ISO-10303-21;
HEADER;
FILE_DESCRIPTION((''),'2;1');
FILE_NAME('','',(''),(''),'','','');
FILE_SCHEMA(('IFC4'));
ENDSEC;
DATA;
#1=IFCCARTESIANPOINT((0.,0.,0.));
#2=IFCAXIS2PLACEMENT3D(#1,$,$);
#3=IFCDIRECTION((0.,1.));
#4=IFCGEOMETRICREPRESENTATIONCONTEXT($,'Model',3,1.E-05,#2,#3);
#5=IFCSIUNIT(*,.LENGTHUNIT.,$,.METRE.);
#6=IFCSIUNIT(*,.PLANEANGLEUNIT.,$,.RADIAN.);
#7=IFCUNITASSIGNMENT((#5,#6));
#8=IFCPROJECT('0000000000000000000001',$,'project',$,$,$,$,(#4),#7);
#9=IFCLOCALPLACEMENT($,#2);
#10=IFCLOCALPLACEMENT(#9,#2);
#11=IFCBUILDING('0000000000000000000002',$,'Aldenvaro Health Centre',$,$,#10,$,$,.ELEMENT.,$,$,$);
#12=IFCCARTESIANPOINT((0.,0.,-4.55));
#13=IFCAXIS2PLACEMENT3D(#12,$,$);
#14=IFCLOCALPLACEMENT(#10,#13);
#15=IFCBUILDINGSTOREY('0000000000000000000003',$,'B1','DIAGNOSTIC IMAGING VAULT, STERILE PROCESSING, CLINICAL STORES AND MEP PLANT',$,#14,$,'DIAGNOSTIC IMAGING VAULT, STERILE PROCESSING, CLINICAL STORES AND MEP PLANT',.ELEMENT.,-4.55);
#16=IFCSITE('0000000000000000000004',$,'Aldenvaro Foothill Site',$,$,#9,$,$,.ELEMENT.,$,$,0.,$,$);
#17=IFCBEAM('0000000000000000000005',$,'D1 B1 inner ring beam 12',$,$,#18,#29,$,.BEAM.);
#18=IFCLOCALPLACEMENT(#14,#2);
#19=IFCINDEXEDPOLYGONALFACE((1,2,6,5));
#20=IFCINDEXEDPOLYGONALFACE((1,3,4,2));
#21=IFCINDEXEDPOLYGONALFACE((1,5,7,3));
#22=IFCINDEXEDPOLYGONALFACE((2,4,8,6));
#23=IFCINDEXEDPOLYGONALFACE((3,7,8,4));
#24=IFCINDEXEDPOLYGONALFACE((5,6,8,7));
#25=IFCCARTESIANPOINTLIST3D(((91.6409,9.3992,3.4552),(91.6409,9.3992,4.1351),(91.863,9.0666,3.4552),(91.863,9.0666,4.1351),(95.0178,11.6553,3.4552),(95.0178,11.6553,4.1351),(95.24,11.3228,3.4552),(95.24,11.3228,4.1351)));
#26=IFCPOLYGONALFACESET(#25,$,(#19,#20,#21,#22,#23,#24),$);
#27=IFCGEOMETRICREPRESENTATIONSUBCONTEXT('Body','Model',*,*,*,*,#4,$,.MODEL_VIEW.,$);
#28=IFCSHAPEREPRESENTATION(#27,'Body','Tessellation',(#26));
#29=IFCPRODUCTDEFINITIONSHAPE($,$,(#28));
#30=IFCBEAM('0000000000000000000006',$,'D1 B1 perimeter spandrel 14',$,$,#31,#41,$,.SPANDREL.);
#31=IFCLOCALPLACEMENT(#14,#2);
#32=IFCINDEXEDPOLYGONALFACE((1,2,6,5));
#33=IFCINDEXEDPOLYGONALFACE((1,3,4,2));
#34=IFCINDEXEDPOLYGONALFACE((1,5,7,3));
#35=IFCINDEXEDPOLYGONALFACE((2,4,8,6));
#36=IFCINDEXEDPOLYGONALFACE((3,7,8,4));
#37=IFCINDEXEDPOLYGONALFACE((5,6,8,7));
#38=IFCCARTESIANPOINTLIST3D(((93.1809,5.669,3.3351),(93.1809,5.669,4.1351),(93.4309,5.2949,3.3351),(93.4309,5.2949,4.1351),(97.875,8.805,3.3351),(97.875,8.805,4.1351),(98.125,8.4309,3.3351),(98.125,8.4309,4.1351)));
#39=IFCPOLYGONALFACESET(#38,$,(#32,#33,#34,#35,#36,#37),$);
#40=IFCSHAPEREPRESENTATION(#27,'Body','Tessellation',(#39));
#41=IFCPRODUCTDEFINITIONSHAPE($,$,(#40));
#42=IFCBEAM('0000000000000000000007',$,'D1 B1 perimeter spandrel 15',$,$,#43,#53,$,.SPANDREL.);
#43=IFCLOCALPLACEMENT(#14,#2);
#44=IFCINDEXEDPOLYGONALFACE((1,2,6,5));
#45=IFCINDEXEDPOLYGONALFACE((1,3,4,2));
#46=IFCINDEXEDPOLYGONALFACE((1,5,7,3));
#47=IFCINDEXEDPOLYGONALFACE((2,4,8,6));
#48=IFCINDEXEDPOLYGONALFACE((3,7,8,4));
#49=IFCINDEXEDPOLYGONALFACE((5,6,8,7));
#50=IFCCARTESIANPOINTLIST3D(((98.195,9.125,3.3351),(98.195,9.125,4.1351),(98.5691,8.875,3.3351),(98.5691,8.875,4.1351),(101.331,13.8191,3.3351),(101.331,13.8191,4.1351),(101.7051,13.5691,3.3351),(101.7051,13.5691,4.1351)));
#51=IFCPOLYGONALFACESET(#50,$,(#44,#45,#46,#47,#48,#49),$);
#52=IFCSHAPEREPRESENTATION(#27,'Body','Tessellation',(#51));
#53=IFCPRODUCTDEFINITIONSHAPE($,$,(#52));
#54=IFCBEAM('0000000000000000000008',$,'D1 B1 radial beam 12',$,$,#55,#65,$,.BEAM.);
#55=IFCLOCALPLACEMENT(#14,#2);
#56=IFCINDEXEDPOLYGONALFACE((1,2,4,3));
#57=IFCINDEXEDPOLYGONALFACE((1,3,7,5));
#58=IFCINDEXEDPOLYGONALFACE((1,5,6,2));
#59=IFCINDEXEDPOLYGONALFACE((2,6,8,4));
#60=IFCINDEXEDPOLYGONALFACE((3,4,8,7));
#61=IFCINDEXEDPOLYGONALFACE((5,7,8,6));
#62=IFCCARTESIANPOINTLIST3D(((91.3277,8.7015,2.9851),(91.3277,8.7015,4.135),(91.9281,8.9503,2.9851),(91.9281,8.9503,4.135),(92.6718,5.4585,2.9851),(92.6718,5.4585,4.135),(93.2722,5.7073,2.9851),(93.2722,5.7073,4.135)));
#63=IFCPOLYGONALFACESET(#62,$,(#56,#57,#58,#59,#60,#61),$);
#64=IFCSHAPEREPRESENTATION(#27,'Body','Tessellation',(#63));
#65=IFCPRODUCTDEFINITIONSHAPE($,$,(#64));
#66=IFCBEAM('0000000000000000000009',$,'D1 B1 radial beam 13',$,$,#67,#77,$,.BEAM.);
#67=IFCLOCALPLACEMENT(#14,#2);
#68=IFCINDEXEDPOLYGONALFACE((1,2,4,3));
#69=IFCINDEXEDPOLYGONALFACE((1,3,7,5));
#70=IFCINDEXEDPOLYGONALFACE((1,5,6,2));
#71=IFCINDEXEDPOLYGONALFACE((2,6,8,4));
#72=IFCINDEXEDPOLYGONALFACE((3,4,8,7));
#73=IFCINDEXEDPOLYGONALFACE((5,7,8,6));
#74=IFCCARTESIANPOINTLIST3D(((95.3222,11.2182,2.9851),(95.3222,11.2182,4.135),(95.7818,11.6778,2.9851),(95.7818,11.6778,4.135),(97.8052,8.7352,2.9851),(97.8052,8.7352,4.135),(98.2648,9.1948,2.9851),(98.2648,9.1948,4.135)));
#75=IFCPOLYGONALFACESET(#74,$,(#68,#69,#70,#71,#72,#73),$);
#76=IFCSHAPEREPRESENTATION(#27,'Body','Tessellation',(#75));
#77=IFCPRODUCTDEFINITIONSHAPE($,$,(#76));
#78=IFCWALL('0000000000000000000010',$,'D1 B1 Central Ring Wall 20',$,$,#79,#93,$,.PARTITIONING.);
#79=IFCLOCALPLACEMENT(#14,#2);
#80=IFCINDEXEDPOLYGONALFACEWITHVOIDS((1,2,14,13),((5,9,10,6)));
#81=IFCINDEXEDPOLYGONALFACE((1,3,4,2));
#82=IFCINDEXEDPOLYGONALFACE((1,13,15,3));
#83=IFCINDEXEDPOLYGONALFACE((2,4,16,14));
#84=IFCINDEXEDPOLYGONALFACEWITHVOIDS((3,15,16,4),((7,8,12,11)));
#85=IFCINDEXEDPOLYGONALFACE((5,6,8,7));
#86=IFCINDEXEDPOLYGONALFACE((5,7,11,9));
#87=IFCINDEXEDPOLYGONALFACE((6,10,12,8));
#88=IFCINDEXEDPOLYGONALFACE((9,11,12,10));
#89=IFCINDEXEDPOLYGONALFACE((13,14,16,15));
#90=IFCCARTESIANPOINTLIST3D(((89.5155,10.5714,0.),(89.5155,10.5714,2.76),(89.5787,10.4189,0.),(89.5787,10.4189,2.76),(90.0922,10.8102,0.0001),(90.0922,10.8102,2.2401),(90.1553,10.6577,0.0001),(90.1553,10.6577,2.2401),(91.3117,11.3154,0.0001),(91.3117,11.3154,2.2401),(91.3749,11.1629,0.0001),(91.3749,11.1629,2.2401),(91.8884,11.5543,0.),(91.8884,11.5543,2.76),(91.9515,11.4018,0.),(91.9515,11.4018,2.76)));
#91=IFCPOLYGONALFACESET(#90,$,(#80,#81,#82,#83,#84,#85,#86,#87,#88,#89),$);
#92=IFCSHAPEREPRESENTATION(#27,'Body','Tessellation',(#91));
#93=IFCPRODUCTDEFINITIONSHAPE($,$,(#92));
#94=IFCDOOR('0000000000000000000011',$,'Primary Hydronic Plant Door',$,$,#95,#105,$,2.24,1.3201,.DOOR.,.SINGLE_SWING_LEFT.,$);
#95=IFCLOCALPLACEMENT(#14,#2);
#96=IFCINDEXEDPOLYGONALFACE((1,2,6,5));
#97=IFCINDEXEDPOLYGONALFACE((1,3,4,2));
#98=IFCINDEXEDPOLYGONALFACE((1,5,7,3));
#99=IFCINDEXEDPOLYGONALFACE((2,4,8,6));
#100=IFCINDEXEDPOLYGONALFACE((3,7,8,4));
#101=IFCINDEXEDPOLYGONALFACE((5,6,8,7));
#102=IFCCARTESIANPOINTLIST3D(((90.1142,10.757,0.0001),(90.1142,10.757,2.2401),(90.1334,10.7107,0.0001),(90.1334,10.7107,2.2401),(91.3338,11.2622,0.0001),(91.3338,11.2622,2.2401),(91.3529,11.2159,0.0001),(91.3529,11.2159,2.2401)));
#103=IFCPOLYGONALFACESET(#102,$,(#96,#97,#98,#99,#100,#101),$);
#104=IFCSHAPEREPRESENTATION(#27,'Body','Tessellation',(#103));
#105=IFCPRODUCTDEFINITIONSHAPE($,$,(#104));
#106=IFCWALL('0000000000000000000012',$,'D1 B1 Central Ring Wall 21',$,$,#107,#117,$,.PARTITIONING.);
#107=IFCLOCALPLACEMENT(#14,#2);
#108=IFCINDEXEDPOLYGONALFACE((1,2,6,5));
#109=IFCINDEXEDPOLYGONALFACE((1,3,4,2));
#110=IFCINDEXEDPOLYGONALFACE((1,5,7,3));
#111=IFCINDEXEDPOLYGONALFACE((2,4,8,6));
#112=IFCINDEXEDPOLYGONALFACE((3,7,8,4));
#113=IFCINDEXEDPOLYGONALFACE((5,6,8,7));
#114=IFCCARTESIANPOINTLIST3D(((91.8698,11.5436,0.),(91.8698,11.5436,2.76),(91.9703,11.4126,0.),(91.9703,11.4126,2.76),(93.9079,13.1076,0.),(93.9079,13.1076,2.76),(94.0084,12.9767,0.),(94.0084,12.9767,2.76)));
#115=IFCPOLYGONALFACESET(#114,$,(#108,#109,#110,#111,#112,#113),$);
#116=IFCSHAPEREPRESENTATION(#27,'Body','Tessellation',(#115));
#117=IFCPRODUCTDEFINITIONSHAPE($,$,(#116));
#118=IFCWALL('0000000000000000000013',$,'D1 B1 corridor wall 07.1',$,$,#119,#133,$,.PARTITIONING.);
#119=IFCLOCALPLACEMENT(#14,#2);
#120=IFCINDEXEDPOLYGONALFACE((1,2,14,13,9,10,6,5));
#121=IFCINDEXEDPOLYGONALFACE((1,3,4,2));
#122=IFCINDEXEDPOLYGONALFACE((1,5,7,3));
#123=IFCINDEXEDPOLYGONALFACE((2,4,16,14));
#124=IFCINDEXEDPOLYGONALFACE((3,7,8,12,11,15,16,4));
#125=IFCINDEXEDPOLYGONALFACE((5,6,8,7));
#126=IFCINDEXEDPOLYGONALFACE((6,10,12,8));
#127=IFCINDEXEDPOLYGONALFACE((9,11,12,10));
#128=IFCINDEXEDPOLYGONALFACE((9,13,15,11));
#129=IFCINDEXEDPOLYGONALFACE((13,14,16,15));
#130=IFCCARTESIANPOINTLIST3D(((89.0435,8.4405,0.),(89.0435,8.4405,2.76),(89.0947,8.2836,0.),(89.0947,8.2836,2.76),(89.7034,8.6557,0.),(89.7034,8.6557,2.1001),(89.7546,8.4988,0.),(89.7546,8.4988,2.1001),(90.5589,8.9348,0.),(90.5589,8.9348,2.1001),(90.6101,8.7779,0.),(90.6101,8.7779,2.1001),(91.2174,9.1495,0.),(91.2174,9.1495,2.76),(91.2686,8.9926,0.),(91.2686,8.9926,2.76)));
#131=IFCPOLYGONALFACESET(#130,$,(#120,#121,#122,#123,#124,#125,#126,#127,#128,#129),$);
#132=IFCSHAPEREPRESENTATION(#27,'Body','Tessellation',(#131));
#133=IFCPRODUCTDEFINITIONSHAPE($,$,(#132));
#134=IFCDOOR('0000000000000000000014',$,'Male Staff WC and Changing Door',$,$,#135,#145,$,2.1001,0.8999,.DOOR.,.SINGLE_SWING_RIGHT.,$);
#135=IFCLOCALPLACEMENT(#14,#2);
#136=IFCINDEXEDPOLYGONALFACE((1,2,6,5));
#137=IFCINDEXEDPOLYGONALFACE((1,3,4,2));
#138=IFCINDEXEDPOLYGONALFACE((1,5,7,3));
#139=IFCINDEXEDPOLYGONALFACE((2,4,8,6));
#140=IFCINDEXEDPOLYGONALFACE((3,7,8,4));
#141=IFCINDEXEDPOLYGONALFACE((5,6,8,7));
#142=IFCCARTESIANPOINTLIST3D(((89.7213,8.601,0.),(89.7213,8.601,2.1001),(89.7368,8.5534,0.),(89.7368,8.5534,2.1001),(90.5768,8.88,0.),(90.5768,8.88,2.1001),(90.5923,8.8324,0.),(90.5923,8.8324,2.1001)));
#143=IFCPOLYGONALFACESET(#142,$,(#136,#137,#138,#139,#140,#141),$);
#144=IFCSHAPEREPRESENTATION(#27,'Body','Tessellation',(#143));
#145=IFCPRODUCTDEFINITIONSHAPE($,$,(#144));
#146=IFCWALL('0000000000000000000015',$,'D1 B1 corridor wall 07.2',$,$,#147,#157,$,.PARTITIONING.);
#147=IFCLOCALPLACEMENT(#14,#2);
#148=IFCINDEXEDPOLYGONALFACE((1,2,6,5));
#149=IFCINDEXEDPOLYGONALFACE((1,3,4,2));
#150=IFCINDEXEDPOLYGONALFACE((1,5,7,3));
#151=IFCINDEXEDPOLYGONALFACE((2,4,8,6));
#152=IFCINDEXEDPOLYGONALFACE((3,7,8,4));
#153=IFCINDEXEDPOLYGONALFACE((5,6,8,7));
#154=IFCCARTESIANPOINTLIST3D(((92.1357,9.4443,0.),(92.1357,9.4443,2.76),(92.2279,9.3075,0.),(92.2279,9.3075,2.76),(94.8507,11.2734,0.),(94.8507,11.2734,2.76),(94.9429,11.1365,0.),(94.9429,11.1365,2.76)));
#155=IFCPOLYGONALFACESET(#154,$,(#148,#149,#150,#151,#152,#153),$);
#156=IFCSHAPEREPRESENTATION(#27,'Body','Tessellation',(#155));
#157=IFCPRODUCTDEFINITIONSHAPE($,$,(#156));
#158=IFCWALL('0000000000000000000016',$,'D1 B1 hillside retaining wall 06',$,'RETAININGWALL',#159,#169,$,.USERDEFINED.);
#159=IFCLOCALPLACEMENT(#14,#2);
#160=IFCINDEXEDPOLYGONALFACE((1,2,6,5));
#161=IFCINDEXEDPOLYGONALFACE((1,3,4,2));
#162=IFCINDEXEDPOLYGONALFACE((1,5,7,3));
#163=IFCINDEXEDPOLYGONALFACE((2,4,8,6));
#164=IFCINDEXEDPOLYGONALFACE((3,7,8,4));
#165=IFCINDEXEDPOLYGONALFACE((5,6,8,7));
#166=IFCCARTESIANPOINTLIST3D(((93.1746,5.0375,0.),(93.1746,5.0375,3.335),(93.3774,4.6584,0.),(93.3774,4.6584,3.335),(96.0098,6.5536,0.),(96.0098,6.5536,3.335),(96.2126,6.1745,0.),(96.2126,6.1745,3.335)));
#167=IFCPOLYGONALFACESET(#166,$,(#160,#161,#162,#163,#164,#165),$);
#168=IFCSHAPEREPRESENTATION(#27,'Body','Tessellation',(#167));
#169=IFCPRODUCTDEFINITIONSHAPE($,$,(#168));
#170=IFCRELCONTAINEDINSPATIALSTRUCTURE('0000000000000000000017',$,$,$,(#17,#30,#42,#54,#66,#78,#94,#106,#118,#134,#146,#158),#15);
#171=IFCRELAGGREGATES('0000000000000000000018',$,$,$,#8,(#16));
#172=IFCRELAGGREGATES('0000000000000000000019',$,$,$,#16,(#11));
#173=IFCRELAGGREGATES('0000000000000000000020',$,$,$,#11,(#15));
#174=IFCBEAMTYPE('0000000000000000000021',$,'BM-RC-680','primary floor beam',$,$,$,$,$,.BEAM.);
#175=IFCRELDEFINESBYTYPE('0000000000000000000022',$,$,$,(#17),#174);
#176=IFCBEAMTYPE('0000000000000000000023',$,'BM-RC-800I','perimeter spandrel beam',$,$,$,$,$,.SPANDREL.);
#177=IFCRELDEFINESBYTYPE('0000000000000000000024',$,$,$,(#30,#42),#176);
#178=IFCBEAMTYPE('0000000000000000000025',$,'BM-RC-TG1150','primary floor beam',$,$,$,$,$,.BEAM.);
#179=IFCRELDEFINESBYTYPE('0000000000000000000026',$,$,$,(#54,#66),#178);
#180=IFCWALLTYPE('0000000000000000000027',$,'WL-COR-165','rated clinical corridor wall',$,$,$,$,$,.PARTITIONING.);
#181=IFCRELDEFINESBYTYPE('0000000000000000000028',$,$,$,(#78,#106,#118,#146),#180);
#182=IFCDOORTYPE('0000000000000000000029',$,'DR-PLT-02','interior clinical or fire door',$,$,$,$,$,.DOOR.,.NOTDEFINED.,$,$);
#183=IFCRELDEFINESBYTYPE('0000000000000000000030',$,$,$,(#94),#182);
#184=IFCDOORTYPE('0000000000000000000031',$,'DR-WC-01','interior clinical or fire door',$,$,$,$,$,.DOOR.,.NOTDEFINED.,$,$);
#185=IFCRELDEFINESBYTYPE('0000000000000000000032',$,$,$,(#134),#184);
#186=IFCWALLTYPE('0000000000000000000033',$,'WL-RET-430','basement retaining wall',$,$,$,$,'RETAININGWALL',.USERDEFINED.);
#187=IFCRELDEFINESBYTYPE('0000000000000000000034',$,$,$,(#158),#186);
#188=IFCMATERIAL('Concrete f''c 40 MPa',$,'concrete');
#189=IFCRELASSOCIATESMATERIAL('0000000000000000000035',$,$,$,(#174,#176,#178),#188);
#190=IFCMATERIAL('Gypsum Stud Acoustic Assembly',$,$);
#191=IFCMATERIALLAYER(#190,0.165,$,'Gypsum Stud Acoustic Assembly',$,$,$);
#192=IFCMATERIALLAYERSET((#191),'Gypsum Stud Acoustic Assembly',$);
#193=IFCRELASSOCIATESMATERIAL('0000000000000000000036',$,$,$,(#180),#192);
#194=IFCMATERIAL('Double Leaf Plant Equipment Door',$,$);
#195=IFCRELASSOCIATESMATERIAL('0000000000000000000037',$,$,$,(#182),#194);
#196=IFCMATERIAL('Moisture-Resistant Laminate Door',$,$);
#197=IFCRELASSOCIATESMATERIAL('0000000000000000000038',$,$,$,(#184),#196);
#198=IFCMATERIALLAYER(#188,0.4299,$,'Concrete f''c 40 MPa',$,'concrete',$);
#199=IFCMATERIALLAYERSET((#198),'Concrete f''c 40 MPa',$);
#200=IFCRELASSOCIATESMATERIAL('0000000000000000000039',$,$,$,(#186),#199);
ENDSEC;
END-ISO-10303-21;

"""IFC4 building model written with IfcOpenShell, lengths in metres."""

from ifc_helpers import new_model, si_unit, direction, frame, frame_2d, origin, origin_2d, place, context, subcontext, project, spatial, rectangle, extrude, material, layer, layer_set, material_profile, profile_set, type_object, element, fill, save


model = new_model("IFC4")

# Units and contexts
model_context = context("Model", 3, precision=1e-05, world=origin(), true_north=direction((0.0, 1.0)))
body_context = subcontext(model_context, "Body", "Model", "MODEL_VIEW")
ifc_project = project(units=[si_unit("LENGTHUNIT", "METRE"), si_unit("PLANEANGLEUNIT", "RADIAN")], contexts=[model_context])

# Site, building, storey
site_placement = place(None, origin())
site = spatial("IfcSite", under=ifc_project, at=site_placement, Name="Aldenvaro Foothill Site", CompositionType="ELEMENT", RefElevation=0.0)
building_placement = place(site_placement, origin())
building = spatial("IfcBuilding", under=site, at=building_placement, Name="Aldenvaro Health Centre", CompositionType="ELEMENT")
storey_placement = place(building_placement, frame((0.0, 0.0, -4.55)))
storey = spatial("IfcBuildingStorey", under=building, at=storey_placement, Name="B1", Description="DIAGNOSTIC IMAGING VAULT, STERILE PROCESSING, CLINICAL STORES AND MEP PLANT", LongName="DIAGNOSTIC IMAGING VAULT, STERILE PROCESSING, CLINICAL STORES AND MEP PLANT", CompositionType="ELEMENT", Elevation=-4.55)

# Shared definitions
ifc_material_1 = material(Name="Concrete f'c 40 MPa", Category="concrete")

# Beams
ifc_material_profile_1 = material_profile(ifc_material_1, rectangle(XDim=0.3999, YDim=0.6799, at=origin_2d()), Name="RC 400x680", Category="concrete")
ifc_profile_set_1 = profile_set([ifc_material_profile_1], Name="Concrete f'c 40 MPa")
beam_type_1 = type_object("IfcBeamType", Name="BM-RC-680", Description="primary floor beam", PredefinedType="BEAM", material=ifc_profile_set_1)
beam_1_placement = place(storey_placement, frame((91.752, 9.2329, 3.7952), z_axis=(0.831504, 0.555518, 0.0), x_axis=(-0.555518, 0.831504, 0.0)))
element("IfcBeam", 1, at=beam_1_placement, inside=storey, type_object=beam_type_1, Name="D1 B1 inner ring beam 12", PredefinedType="BEAM", context=body_context, shape_type="SweptSolid", body=[
    extrude(rectangle(XDim=0.3999, YDim=0.6799, at=origin_2d()), origin(), (0.0, 0.0, 1.0), 4.0613),
])
ifc_material_profile_2 = material_profile(ifc_material_1, rectangle(XDim=0.45, YDim=0.8, at=origin_2d()), Name="RC 450x800", Category="concrete")
ifc_profile_set_2 = profile_set([ifc_material_profile_2], Name="Concrete f'c 40 MPa")
beam_type_2 = type_object("IfcBeamType", Name="BM-RC-800I", Description="perimeter spandrel beam", PredefinedType="SPANDREL", material=ifc_profile_set_2)
for number, where, z_axis, x_axis, name in (
    (2, (93.3059, 5.4819, 3.7351), (0.831511, 0.555508, 0.0), (-0.555508, 0.831511, 0.0), "D1 B1 perimeter spandrel 14"),
    (3, (98.3821, 9.0, 3.7351), (0.555508, 0.831511, 0.0), (-0.831511, 0.555508, 0.0), "D1 B1 perimeter spandrel 15"),
):
    element("IfcBeam", number, at=place(storey_placement, frame(where, z_axis=z_axis, x_axis=x_axis)), inside=storey, type_object=beam_type_2, Name=name, PredefinedType="SPANDREL", context=body_context, shape_type="SweptSolid", body=[
        extrude(rectangle(XDim=0.45, YDim=0.8, at=origin_2d()), origin(), (0.0, 0.0, 1.0), 5.6453),
    ])
ifc_material_profile_3 = material_profile(ifc_material_1, rectangle(XDim=0.6499, YDim=1.1499, at=origin_2d()), Name="RC 650x1150", Category="concrete")
ifc_profile_set_3 = profile_set([ifc_material_profile_3], Name="Concrete f'c 40 MPa")
beam_type_3 = type_object("IfcBeamType", Name="BM-RC-TG1150", Description="primary floor beam", PredefinedType="BEAM", material=ifc_profile_set_3)
beam_2_placement = place(storey_placement, frame((91.6279, 8.8259, 3.5601), z_axis=(0.382862, -0.923806, 0.0), x_axis=(0.923806, 0.382862, 0.0)))
element("IfcBeam", 4, at=beam_2_placement, inside=storey, type_object=beam_type_3, Name="D1 B1 radial beam 12", PredefinedType="BEAM", context=body_context, shape_type="SweptSolid", body=[
    extrude(rectangle(XDim=0.6499, YDim=1.1499, at=origin_2d()), origin(), (0.0, 0.0, 1.0), 3.5105),
])
beam_3_placement = place(storey_placement, frame((95.552, 11.448, 3.5601), z_axis=(0.707107, -0.707107, 0.0), x_axis=(0.707107, 0.707107, 0.0)))
element("IfcBeam", 5, at=beam_3_placement, inside=storey, type_object=beam_type_3, Name="D1 B1 radial beam 13", PredefinedType="BEAM", context=body_context, shape_type="SweptSolid", body=[
    extrude(rectangle(XDim=0.6499, YDim=1.1499, at=origin_2d()), origin(), (0.0, 0.0, 1.0), 3.5115),
])

# Wall, opening, door
ifc_material_2 = material(Name="Gypsum Stud Acoustic Assembly")
ifc_layer_1 = layer(ifc_material_2, 0.165, Name="Gypsum Stud Acoustic Assembly")
ifc_layer_set_1 = layer_set([ifc_layer_1], Name="Gypsum Stud Acoustic Assembly")
wall_type_1 = type_object("IfcWallType", Name="WL-COR-165", Description="rated clinical corridor wall", PredefinedType="PARTITIONING", material=ifc_layer_set_1)
wall_1_placement = place(storey_placement, frame((89.5471, 10.4951, 0.0), z_axis=(0.0, 0.0, 1.0), x_axis=(0.923871, 0.382704, 0.0)))
wall_1 = element("IfcWall", 6, at=wall_1_placement, inside=storey, type_object=wall_type_1, Name="D1 B1 Central Ring Wall 20", PredefinedType="PARTITIONING", context=body_context, shape_type="SweptSolid", body=[
    extrude(rectangle(XDim=2.5684, YDim=0.165, at=frame_2d((1.2842, 0.0))), origin(), (0.0, 0.0, 1.0), 2.76),
])
opening_1_placement = place(wall_1_placement, frame((0.624, 0.0, 0.0)))
opening_1 = element("IfcOpeningElement", 7, at=opening_1_placement, cuts=wall_1, PredefinedType="OPENING", context=body_context, shape_type="SweptSolid", body=[
    extrude(rectangle(XDim=1.3201, YDim=2.24, at=frame_2d((0.6602, 1.1201))), frame((0.0, 0.0925, 0.0), z_axis=(0.0, -1.0, 0.0), x_axis=(1.0, 0.0, 0.0)), (0.0, 0.0, 1.0), 0.1851),
])
ifc_material_3 = material(Name="Double Leaf Plant Equipment Door")
door_type_1 = type_object("IfcDoorType", Name="DR-PLT-02", Description="interior clinical or fire door", OperationType="NOTDEFINED", PredefinedType="DOOR", material=ifc_material_3)
door_1_placement = place(opening_1_placement, origin())
door_1 = element("IfcDoor", 8, at=door_1_placement, inside=storey, type_object=door_type_1, Name="Primary Hydronic Plant Door", OperationType="SINGLE_SWING_LEFT", OverallHeight=2.24, OverallWidth=1.3201, PredefinedType="DOOR", context=body_context, shape_type="SweptSolid", body=[
    extrude(rectangle(XDim=1.3201, YDim=2.24, at=frame_2d((0.6602, 1.1201))), frame((0.0, 0.0249, 0.0), z_axis=(0.0, -1.0, 0.0), x_axis=(1.0, 0.0, 0.0)), (0.0, 0.0, 1.0), 0.05),
])
fill(opening_1, door_1)

# Wall
wall_2_placement = place(storey_placement, frame((91.9199, 11.478, 0.0), z_axis=(0.0, 0.0, 1.0), x_axis=(0.793337, 0.608783, 0.0)))
element("IfcWall", 9, at=wall_2_placement, inside=storey, type_object=wall_type_1, Name="D1 B1 Central Ring Wall 21", PredefinedType="PARTITIONING", context=body_context, shape_type="SweptSolid", body=[
    extrude(rectangle(XDim=2.5691, YDim=0.165, at=frame_2d((1.2847, 0.0))), origin(), (0.0, 0.0, 1.0), 2.76),
])

# Wall, opening, door
wall_3_placement = place(storey_placement, frame((89.0691, 8.3621, 0.0), z_axis=(0.0, 0.0, 1.0), x_axis=(0.950713, 0.310071, 0.0)))
wall_3 = element("IfcWall", 10, at=wall_3_placement, inside=storey, type_object=wall_type_1, Name="D1 B1 corridor wall 07.1", PredefinedType="PARTITIONING", context=body_context, shape_type="SweptSolid", body=[
    extrude(rectangle(XDim=2.2866, YDim=0.165, at=frame_2d((1.1433, 0.0))), origin(), (0.0, 0.0, 1.0), 2.76),
])
opening_2_placement = place(wall_3_placement, frame((0.6941, 0.0, 0.0)))
opening_2 = element("IfcOpeningElement", 11, at=opening_2_placement, cuts=wall_3, PredefinedType="OPENING", context=body_context, shape_type="SweptSolid", body=[
    extrude(rectangle(XDim=0.8999, YDim=2.1001, at=frame_2d((0.45, 1.05))), frame((0.0, 0.0925, 0.0), z_axis=(0.0, -1.0, 0.0), x_axis=(1.0, 0.0, 0.0)), (0.0, 0.0, 1.0), 0.1851),
])
ifc_material_4 = material(Name="Moisture-Resistant Laminate Door")
door_type_2 = type_object("IfcDoorType", Name="DR-WC-01", Description="interior clinical or fire door", OperationType="NOTDEFINED", PredefinedType="DOOR", material=ifc_material_4)
door_2_placement = place(opening_2_placement, origin())
door_2 = element("IfcDoor", 12, at=door_2_placement, inside=storey, type_object=door_type_2, Name="Male Staff WC and Changing Door", OperationType="SINGLE_SWING_RIGHT", OverallHeight=2.1001, OverallWidth=0.8999, PredefinedType="DOOR", context=body_context, shape_type="SweptSolid", body=[
    extrude(rectangle(XDim=0.8999, YDim=2.1001, at=frame_2d((0.45, 1.05))), frame((0.0, 0.0249, 0.0), z_axis=(0.0, -1.0, 0.0), x_axis=(1.0, 0.0, 0.0)), (0.0, 0.0, 1.0), 0.05),
])
fill(opening_2, door_2)

# Walls
wall_4_placement = place(storey_placement, frame((92.1819, 9.376, 0.0), z_axis=(0.0, 0.0, 1.0), x_axis=(0.829356, 0.558721, 0.0)))
element("IfcWall", 13, at=wall_4_placement, inside=storey, type_object=wall_type_1, Name="D1 B1 corridor wall 07.2", PredefinedType="PARTITIONING", context=body_context, shape_type="SweptSolid", body=[
    extrude(rectangle(XDim=3.2737, YDim=0.165, at=frame_2d((1.6367, 0.0))), origin(), (0.0, 0.0, 1.0), 2.76),
])
ifc_layer_2 = layer(ifc_material_1, 0.4299, Name="Concrete f'c 40 MPa", Category="concrete")
ifc_layer_set_2 = layer_set([ifc_layer_2], Name="Concrete f'c 40 MPa")
wall_type_2 = type_object("IfcWallType", Name="WL-RET-430", Description="basement retaining wall", ElementType="RETAININGWALL", PredefinedType="USERDEFINED", material=ifc_layer_set_2)
wall_5_placement = place(storey_placement, frame((96.1111, 6.364, 0.0), z_axis=(0.0, 0.0, 1.0), x_axis=(-0.881835, -0.471558, 0.0)))
element("IfcWall", 14, at=wall_5_placement, inside=storey, type_object=wall_type_2, Name="D1 B1 hillside retaining wall 06", ObjectType="RETAININGWALL", PredefinedType="USERDEFINED", context=body_context, shape_type="SweptSolid", body=[
    extrude(rectangle(XDim=3.2151, YDim=0.4299, at=frame_2d((1.6074, 0.0))), origin(), (0.0, 0.0, 1.0), 3.335),
])

save(model, "model.ifc")
